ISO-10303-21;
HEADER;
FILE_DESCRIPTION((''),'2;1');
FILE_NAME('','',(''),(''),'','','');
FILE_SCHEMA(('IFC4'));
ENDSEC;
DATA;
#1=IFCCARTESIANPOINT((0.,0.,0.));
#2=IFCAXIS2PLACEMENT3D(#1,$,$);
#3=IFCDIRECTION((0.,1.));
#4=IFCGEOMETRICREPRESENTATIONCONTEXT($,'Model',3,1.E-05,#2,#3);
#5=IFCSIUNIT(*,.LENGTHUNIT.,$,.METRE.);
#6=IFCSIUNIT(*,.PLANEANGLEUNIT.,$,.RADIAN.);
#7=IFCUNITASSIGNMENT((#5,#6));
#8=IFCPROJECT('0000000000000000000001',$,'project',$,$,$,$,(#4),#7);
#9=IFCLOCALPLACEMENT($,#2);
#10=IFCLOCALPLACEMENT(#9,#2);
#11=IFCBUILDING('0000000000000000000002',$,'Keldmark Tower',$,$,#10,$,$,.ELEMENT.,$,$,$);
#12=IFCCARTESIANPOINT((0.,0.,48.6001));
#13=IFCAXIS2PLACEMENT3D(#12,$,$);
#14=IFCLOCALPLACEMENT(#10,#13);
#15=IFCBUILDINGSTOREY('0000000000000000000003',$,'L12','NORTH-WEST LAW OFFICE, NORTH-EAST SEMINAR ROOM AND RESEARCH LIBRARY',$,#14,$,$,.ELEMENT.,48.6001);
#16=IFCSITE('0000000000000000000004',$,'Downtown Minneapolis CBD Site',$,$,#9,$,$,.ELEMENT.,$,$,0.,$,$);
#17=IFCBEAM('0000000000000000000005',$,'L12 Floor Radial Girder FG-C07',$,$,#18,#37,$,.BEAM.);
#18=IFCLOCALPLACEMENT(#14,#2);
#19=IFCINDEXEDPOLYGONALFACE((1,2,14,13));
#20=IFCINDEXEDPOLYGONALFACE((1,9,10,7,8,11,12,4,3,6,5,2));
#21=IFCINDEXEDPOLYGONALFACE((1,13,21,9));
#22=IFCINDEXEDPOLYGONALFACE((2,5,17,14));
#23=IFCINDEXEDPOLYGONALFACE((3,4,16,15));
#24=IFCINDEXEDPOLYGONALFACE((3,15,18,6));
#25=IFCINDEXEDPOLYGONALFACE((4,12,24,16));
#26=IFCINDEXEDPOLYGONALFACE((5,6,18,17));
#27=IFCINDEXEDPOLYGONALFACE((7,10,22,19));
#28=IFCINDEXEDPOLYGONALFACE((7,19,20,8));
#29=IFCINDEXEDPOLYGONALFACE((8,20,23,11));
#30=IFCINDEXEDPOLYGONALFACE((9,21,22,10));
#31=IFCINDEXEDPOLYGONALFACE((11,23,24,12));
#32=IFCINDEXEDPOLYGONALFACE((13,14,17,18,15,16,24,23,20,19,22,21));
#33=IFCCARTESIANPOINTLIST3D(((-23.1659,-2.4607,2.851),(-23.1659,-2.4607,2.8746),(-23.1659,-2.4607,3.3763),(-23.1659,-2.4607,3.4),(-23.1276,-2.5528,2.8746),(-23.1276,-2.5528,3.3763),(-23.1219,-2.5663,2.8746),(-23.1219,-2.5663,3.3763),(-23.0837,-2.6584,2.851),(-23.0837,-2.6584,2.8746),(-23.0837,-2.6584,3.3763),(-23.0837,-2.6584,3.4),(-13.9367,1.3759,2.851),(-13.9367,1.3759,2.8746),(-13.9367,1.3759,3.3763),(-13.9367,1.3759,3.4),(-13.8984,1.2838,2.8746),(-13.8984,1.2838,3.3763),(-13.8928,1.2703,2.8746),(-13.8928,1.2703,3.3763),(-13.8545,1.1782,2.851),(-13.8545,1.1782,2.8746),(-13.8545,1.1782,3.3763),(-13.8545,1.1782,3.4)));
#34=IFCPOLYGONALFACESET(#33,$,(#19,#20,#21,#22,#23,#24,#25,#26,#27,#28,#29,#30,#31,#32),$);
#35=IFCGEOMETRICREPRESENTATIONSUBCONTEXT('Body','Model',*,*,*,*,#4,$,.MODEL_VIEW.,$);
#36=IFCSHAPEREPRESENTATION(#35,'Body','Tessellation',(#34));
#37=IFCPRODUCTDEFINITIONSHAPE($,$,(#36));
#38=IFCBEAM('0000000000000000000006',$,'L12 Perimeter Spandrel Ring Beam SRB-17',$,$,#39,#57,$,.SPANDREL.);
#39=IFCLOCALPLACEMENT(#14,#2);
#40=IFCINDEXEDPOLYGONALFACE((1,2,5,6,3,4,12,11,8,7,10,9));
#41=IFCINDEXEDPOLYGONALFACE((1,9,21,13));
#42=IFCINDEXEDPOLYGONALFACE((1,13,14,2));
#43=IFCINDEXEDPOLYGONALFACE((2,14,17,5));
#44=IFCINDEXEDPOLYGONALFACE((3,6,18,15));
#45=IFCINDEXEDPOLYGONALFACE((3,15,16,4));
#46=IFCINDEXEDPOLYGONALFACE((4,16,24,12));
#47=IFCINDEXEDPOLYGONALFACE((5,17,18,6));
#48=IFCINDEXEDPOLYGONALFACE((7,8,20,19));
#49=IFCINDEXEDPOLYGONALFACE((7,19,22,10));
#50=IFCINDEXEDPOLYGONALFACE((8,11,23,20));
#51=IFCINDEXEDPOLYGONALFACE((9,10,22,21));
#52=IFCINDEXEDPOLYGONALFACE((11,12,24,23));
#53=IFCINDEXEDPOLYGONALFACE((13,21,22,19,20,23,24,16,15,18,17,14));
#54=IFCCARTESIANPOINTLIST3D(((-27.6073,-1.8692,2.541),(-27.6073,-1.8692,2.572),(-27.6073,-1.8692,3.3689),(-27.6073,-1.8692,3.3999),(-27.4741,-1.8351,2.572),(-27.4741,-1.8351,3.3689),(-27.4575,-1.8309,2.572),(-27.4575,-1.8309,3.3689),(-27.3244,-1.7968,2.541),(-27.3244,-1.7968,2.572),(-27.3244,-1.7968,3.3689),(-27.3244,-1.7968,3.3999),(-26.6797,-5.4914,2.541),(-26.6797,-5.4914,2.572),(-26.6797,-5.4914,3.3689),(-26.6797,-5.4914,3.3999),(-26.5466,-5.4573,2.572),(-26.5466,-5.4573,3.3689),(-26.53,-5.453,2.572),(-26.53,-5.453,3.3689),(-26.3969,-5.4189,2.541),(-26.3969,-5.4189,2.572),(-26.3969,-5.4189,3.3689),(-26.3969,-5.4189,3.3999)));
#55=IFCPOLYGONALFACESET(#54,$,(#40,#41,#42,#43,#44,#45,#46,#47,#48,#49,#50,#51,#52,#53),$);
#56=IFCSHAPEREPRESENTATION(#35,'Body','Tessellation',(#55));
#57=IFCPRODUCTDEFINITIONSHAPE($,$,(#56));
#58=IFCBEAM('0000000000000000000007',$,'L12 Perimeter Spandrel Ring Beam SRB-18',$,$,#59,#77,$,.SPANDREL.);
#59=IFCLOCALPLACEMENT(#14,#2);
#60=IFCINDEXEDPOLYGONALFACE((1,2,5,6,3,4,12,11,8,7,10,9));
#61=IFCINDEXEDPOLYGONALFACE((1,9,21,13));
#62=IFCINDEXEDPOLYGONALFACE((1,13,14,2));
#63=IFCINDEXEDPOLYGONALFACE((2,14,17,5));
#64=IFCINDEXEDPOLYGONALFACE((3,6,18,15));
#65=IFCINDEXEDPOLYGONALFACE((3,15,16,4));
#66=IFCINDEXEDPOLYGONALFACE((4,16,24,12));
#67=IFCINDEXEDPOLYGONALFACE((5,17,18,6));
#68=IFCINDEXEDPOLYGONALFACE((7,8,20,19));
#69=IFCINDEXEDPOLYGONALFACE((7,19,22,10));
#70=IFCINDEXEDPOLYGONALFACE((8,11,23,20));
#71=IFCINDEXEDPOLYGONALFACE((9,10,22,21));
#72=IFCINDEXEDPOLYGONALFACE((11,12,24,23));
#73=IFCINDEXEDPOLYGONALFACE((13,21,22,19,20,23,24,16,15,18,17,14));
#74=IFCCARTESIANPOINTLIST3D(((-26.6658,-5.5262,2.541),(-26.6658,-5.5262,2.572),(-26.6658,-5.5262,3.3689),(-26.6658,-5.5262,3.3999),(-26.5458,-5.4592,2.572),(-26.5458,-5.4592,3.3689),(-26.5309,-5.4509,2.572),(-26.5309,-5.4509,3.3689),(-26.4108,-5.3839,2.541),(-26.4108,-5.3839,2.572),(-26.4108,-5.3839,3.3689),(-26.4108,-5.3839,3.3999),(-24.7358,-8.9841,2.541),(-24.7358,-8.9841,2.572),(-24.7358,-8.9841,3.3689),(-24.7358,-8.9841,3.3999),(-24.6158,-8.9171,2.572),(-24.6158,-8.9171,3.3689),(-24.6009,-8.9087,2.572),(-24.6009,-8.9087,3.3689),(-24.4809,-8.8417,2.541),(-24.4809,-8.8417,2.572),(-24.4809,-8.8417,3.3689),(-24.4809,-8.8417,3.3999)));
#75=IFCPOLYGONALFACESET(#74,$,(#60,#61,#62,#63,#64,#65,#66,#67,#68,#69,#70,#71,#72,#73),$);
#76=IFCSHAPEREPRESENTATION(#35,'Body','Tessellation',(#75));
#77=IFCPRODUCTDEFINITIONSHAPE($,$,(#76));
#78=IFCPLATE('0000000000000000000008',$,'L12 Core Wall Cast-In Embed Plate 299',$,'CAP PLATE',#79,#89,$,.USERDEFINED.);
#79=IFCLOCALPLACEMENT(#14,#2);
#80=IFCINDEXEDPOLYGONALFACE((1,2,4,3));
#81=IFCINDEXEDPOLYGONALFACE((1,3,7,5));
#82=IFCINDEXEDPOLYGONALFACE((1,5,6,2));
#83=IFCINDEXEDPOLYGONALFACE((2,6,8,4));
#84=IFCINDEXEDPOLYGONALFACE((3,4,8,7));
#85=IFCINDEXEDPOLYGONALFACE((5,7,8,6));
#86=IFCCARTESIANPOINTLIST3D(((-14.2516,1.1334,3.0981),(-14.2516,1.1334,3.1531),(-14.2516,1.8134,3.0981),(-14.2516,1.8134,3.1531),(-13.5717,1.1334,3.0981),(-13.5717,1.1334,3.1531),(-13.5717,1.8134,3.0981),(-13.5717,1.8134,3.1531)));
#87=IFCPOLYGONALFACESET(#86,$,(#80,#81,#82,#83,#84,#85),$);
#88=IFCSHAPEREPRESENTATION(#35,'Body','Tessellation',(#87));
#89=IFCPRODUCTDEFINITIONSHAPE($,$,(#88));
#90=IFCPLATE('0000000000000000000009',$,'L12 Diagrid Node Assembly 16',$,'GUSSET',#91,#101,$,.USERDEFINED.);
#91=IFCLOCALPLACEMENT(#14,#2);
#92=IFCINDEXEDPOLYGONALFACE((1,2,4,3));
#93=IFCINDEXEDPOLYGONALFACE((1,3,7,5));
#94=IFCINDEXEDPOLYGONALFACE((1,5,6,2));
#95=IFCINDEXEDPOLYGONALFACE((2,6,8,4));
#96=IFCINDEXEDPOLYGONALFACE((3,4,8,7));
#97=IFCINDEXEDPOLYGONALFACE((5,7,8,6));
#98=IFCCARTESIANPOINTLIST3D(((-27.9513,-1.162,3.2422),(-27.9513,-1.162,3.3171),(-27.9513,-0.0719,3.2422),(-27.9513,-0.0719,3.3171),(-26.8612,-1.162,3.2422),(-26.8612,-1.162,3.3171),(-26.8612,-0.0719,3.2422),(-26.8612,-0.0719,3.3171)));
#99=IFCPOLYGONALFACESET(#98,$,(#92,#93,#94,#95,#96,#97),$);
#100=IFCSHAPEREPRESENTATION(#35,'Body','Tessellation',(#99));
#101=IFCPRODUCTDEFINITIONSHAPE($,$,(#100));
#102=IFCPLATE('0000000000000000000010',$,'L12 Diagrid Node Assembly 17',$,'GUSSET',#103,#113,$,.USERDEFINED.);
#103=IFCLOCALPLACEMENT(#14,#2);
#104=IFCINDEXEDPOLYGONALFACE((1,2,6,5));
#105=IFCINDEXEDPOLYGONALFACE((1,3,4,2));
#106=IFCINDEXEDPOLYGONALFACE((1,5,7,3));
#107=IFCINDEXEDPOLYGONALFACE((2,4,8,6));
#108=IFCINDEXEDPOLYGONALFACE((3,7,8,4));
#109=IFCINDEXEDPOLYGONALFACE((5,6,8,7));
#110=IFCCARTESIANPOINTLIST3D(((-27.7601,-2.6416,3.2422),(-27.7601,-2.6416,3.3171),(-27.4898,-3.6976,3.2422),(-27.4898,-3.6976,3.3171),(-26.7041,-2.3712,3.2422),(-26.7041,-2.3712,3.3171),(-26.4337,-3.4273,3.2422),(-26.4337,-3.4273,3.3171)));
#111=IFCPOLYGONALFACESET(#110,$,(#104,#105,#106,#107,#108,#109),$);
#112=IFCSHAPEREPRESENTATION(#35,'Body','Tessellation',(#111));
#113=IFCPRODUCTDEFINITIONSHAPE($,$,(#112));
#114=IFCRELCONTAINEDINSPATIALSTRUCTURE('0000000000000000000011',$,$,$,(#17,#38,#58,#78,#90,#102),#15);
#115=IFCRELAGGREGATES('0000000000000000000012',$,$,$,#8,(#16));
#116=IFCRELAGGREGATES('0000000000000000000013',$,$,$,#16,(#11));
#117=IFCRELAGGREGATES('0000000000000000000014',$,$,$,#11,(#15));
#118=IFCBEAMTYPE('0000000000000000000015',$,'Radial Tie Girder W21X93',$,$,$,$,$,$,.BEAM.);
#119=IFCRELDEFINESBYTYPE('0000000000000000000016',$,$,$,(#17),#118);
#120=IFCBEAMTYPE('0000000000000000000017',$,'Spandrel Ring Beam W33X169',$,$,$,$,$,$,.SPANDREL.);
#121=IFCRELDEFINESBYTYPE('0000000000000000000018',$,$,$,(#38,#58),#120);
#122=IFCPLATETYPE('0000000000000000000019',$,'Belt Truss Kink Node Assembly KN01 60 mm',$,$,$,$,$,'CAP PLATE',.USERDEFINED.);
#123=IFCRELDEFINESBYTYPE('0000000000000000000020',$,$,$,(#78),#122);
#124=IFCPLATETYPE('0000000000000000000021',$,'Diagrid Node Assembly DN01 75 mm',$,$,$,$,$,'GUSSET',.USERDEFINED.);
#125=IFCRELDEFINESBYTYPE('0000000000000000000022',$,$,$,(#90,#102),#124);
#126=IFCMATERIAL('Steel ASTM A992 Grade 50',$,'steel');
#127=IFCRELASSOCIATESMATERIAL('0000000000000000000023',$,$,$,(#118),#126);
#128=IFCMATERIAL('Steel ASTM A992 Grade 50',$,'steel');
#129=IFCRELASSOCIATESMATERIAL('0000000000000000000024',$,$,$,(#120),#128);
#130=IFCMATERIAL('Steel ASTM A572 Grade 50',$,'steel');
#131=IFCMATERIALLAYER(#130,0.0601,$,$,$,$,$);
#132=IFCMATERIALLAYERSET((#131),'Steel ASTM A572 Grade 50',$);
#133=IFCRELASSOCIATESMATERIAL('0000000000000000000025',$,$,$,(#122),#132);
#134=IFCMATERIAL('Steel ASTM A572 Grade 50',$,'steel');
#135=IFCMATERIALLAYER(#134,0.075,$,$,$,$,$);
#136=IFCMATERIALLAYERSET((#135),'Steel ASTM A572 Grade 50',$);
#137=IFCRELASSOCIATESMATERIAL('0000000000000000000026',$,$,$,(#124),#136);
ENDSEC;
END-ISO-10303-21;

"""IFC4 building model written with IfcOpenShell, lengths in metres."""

from ifc_helpers import new_model, si_unit, direction, frame, origin, origin_2d, place, context, subcontext, project, spatial, rectangle, i_section, extrude, material, layer, layer_set, material_profile, profile_set, type_object, element, save


model = new_model("IFC4")

# Units and contexts
model_context = context("Model", 3, precision=1e-05, world=origin(), true_north=direction((0.0, 1.0)))
body_context = subcontext(model_context, "Body", "Model", "MODEL_VIEW")
ifc_project = project(units=[si_unit("LENGTHUNIT", "METRE"), si_unit("PLANEANGLEUNIT", "RADIAN")], contexts=[model_context])

# Site, building, storey
site_placement = place(None, origin())
site = spatial("IfcSite", under=ifc_project, at=site_placement, Name="Downtown Minneapolis CBD Site", CompositionType="ELEMENT", RefElevation=0.0)
building_placement = place(site_placement, origin())
building = spatial("IfcBuilding", under=site, at=building_placement, Name="Keldmark Tower", CompositionType="ELEMENT")
storey_placement = place(building_placement, frame((0.0, 0.0, 48.6001)))
storey = spatial("IfcBuildingStorey", under=building, at=storey_placement, Name="L12", Description="NORTH-WEST LAW OFFICE, NORTH-EAST SEMINAR ROOM AND RESEARCH LIBRARY", CompositionType="ELEMENT", Elevation=48.6001)

# Beams
ifc_material_1 = material(Name="Steel ASTM A992 Grade 50", Category="steel")
ifc_material_profile_1 = material_profile(ifc_material_1, i_section(OverallWidth=0.2141, OverallDepth=0.5491, WebThickness=0.0146, FlangeThickness=0.0237, at=origin_2d()), Name="W21X93")
ifc_profile_set_1 = profile_set([ifc_material_profile_1], Name="Steel ASTM A992 Grade 50")
beam_type_1 = type_object("IfcBeamType", Name="Radial Tie Girder W21X93", PredefinedType="BEAM", material=ifc_profile_set_1)
beam_1_placement = place(storey_placement, frame((-23.1248, -2.5596, 3.1255), z_axis=(0.923391, 0.383861, 0.0), x_axis=(-0.383861, 0.923391, 0.0)))
element("IfcBeam", 1, at=beam_1_placement, inside=storey, type_object=beam_type_1, Name="L12 Floor Radial Girder FG-C07", PredefinedType="BEAM", context=body_context, shape_type="SweptSolid", body=[
    extrude(i_section(OverallWidth=0.2141, OverallDepth=0.5491, WebThickness=0.0146, FlangeThickness=0.0237, at=origin_2d()), origin(), (0.0, 0.0, 1.0), 9.9949),
])
ifc_material_2 = material(Name="Steel ASTM A992 Grade 50", Category="steel")
ifc_material_profile_2 = material_profile(ifc_material_2, i_section(OverallWidth=0.292, OverallDepth=0.8589, WebThickness=0.0171, FlangeThickness=0.031, at=origin_2d()), Name="W33X169")
ifc_profile_set_2 = profile_set([ifc_material_profile_2], Name="Steel ASTM A992 Grade 50")
beam_type_2 = type_object("IfcBeamType", Name="Spandrel Ring Beam W33X169", PredefinedType="SPANDREL", material=ifc_profile_set_2)
beam_2_placement = place(storey_placement, frame((-27.4658, -1.833, 2.9705), z_axis=(0.248063, -0.968744, 0.0), x_axis=(0.968744, 0.248063, 0.0)))
element("IfcBeam", 2, at=beam_2_placement, inside=storey, type_object=beam_type_2, Name="L12 Perimeter Spandrel Ring Beam SRB-17", PredefinedType="SPANDREL", context=body_context, shape_type="SweptSolid", body=[
    extrude(i_section(OverallWidth=0.292, OverallDepth=0.8589, WebThickness=0.0171, FlangeThickness=0.031, at=origin_2d()), origin(), (0.0, 0.0, 1.0), 3.739),
])
beam_3_placement = place(storey_placement, frame((-26.5383, -5.4551, 2.9705), z_axis=(0.487369, -0.873196, 0.0), x_axis=(0.873196, 0.487369, 0.0)))
element("IfcBeam", 3, at=beam_3_placement, inside=storey, type_object=beam_type_2, Name="L12 Perimeter Spandrel Ring Beam SRB-18", PredefinedType="SPANDREL", context=body_context, shape_type="SweptSolid", body=[
    extrude(i_section(OverallWidth=0.292, OverallDepth=0.8589, WebThickness=0.0171, FlangeThickness=0.031, at=origin_2d()), origin(), (0.0, 0.0, 1.0), 3.96),
])

# Plates
ifc_material_3 = material(Name="Steel ASTM A572 Grade 50", Category="steel")
ifc_layer_1 = layer(ifc_material_3, 0.0601)
ifc_layer_set_1 = layer_set([ifc_layer_1], Name="Steel ASTM A572 Grade 50")
plate_type_1 = type_object("IfcPlateType", Name="Belt Truss Kink Node Assembly KN01 60 mm", ElementType="CAP PLATE", PredefinedType="USERDEFINED", material=ifc_layer_set_1)
plate_placement = place(storey_placement, frame((-13.9116, 1.4734, 3.0981), z_axis=(0.0, 0.0, 1.0), x_axis=(1.0, 0.0, 0.0)))
element("IfcPlate", 4, at=plate_placement, inside=storey, type_object=plate_type_1, Name="L12 Core Wall Cast-In Embed Plate 299", ObjectType="CAP PLATE", PredefinedType="USERDEFINED", context=body_context, shape_type="SweptSolid", body=[
    extrude(rectangle(XDim=0.6799, YDim=0.6799, at=origin_2d()), origin(), (0.0, 0.0, 1.0), 0.0549),
])
ifc_material_4 = material(Name="Steel ASTM A572 Grade 50", Category="steel")
ifc_layer_2 = layer(ifc_material_4, 0.075)
ifc_layer_set_2 = layer_set([ifc_layer_2], Name="Steel ASTM A572 Grade 50")
plate_type_2 = type_object("IfcPlateType", Name="Diagrid Node Assembly DN01 75 mm", ElementType="GUSSET", PredefinedType="USERDEFINED", material=ifc_layer_set_2)
for number, where, z_axis, x_axis, name in (
    (5, (-27.4062, -0.6169, 3.2422), (0.0, 0.0, 1.0), (0.0, -1.0, 0.0), "L12 Diagrid Node Assembly 16"),
    (6, (-27.0969, -3.0344, 3.2422), (0.0, 0.0, 1.0), (0.248014, -0.968757, 0.0), "L12 Diagrid Node Assembly 17"),
):
    element("IfcPlate", number, at=place(storey_placement, frame(where, z_axis=z_axis, x_axis=x_axis)), inside=storey, type_object=plate_type_2, Name=name, ObjectType="GUSSET", PredefinedType="USERDEFINED", context=body_context, shape_type="SweptSolid", body=[
        extrude(rectangle(XDim=1.0901, YDim=1.0901, at=origin_2d()), origin(), (0.0, 0.0, 1.0), 0.075),
    ])

save(model, "model.ifc")
